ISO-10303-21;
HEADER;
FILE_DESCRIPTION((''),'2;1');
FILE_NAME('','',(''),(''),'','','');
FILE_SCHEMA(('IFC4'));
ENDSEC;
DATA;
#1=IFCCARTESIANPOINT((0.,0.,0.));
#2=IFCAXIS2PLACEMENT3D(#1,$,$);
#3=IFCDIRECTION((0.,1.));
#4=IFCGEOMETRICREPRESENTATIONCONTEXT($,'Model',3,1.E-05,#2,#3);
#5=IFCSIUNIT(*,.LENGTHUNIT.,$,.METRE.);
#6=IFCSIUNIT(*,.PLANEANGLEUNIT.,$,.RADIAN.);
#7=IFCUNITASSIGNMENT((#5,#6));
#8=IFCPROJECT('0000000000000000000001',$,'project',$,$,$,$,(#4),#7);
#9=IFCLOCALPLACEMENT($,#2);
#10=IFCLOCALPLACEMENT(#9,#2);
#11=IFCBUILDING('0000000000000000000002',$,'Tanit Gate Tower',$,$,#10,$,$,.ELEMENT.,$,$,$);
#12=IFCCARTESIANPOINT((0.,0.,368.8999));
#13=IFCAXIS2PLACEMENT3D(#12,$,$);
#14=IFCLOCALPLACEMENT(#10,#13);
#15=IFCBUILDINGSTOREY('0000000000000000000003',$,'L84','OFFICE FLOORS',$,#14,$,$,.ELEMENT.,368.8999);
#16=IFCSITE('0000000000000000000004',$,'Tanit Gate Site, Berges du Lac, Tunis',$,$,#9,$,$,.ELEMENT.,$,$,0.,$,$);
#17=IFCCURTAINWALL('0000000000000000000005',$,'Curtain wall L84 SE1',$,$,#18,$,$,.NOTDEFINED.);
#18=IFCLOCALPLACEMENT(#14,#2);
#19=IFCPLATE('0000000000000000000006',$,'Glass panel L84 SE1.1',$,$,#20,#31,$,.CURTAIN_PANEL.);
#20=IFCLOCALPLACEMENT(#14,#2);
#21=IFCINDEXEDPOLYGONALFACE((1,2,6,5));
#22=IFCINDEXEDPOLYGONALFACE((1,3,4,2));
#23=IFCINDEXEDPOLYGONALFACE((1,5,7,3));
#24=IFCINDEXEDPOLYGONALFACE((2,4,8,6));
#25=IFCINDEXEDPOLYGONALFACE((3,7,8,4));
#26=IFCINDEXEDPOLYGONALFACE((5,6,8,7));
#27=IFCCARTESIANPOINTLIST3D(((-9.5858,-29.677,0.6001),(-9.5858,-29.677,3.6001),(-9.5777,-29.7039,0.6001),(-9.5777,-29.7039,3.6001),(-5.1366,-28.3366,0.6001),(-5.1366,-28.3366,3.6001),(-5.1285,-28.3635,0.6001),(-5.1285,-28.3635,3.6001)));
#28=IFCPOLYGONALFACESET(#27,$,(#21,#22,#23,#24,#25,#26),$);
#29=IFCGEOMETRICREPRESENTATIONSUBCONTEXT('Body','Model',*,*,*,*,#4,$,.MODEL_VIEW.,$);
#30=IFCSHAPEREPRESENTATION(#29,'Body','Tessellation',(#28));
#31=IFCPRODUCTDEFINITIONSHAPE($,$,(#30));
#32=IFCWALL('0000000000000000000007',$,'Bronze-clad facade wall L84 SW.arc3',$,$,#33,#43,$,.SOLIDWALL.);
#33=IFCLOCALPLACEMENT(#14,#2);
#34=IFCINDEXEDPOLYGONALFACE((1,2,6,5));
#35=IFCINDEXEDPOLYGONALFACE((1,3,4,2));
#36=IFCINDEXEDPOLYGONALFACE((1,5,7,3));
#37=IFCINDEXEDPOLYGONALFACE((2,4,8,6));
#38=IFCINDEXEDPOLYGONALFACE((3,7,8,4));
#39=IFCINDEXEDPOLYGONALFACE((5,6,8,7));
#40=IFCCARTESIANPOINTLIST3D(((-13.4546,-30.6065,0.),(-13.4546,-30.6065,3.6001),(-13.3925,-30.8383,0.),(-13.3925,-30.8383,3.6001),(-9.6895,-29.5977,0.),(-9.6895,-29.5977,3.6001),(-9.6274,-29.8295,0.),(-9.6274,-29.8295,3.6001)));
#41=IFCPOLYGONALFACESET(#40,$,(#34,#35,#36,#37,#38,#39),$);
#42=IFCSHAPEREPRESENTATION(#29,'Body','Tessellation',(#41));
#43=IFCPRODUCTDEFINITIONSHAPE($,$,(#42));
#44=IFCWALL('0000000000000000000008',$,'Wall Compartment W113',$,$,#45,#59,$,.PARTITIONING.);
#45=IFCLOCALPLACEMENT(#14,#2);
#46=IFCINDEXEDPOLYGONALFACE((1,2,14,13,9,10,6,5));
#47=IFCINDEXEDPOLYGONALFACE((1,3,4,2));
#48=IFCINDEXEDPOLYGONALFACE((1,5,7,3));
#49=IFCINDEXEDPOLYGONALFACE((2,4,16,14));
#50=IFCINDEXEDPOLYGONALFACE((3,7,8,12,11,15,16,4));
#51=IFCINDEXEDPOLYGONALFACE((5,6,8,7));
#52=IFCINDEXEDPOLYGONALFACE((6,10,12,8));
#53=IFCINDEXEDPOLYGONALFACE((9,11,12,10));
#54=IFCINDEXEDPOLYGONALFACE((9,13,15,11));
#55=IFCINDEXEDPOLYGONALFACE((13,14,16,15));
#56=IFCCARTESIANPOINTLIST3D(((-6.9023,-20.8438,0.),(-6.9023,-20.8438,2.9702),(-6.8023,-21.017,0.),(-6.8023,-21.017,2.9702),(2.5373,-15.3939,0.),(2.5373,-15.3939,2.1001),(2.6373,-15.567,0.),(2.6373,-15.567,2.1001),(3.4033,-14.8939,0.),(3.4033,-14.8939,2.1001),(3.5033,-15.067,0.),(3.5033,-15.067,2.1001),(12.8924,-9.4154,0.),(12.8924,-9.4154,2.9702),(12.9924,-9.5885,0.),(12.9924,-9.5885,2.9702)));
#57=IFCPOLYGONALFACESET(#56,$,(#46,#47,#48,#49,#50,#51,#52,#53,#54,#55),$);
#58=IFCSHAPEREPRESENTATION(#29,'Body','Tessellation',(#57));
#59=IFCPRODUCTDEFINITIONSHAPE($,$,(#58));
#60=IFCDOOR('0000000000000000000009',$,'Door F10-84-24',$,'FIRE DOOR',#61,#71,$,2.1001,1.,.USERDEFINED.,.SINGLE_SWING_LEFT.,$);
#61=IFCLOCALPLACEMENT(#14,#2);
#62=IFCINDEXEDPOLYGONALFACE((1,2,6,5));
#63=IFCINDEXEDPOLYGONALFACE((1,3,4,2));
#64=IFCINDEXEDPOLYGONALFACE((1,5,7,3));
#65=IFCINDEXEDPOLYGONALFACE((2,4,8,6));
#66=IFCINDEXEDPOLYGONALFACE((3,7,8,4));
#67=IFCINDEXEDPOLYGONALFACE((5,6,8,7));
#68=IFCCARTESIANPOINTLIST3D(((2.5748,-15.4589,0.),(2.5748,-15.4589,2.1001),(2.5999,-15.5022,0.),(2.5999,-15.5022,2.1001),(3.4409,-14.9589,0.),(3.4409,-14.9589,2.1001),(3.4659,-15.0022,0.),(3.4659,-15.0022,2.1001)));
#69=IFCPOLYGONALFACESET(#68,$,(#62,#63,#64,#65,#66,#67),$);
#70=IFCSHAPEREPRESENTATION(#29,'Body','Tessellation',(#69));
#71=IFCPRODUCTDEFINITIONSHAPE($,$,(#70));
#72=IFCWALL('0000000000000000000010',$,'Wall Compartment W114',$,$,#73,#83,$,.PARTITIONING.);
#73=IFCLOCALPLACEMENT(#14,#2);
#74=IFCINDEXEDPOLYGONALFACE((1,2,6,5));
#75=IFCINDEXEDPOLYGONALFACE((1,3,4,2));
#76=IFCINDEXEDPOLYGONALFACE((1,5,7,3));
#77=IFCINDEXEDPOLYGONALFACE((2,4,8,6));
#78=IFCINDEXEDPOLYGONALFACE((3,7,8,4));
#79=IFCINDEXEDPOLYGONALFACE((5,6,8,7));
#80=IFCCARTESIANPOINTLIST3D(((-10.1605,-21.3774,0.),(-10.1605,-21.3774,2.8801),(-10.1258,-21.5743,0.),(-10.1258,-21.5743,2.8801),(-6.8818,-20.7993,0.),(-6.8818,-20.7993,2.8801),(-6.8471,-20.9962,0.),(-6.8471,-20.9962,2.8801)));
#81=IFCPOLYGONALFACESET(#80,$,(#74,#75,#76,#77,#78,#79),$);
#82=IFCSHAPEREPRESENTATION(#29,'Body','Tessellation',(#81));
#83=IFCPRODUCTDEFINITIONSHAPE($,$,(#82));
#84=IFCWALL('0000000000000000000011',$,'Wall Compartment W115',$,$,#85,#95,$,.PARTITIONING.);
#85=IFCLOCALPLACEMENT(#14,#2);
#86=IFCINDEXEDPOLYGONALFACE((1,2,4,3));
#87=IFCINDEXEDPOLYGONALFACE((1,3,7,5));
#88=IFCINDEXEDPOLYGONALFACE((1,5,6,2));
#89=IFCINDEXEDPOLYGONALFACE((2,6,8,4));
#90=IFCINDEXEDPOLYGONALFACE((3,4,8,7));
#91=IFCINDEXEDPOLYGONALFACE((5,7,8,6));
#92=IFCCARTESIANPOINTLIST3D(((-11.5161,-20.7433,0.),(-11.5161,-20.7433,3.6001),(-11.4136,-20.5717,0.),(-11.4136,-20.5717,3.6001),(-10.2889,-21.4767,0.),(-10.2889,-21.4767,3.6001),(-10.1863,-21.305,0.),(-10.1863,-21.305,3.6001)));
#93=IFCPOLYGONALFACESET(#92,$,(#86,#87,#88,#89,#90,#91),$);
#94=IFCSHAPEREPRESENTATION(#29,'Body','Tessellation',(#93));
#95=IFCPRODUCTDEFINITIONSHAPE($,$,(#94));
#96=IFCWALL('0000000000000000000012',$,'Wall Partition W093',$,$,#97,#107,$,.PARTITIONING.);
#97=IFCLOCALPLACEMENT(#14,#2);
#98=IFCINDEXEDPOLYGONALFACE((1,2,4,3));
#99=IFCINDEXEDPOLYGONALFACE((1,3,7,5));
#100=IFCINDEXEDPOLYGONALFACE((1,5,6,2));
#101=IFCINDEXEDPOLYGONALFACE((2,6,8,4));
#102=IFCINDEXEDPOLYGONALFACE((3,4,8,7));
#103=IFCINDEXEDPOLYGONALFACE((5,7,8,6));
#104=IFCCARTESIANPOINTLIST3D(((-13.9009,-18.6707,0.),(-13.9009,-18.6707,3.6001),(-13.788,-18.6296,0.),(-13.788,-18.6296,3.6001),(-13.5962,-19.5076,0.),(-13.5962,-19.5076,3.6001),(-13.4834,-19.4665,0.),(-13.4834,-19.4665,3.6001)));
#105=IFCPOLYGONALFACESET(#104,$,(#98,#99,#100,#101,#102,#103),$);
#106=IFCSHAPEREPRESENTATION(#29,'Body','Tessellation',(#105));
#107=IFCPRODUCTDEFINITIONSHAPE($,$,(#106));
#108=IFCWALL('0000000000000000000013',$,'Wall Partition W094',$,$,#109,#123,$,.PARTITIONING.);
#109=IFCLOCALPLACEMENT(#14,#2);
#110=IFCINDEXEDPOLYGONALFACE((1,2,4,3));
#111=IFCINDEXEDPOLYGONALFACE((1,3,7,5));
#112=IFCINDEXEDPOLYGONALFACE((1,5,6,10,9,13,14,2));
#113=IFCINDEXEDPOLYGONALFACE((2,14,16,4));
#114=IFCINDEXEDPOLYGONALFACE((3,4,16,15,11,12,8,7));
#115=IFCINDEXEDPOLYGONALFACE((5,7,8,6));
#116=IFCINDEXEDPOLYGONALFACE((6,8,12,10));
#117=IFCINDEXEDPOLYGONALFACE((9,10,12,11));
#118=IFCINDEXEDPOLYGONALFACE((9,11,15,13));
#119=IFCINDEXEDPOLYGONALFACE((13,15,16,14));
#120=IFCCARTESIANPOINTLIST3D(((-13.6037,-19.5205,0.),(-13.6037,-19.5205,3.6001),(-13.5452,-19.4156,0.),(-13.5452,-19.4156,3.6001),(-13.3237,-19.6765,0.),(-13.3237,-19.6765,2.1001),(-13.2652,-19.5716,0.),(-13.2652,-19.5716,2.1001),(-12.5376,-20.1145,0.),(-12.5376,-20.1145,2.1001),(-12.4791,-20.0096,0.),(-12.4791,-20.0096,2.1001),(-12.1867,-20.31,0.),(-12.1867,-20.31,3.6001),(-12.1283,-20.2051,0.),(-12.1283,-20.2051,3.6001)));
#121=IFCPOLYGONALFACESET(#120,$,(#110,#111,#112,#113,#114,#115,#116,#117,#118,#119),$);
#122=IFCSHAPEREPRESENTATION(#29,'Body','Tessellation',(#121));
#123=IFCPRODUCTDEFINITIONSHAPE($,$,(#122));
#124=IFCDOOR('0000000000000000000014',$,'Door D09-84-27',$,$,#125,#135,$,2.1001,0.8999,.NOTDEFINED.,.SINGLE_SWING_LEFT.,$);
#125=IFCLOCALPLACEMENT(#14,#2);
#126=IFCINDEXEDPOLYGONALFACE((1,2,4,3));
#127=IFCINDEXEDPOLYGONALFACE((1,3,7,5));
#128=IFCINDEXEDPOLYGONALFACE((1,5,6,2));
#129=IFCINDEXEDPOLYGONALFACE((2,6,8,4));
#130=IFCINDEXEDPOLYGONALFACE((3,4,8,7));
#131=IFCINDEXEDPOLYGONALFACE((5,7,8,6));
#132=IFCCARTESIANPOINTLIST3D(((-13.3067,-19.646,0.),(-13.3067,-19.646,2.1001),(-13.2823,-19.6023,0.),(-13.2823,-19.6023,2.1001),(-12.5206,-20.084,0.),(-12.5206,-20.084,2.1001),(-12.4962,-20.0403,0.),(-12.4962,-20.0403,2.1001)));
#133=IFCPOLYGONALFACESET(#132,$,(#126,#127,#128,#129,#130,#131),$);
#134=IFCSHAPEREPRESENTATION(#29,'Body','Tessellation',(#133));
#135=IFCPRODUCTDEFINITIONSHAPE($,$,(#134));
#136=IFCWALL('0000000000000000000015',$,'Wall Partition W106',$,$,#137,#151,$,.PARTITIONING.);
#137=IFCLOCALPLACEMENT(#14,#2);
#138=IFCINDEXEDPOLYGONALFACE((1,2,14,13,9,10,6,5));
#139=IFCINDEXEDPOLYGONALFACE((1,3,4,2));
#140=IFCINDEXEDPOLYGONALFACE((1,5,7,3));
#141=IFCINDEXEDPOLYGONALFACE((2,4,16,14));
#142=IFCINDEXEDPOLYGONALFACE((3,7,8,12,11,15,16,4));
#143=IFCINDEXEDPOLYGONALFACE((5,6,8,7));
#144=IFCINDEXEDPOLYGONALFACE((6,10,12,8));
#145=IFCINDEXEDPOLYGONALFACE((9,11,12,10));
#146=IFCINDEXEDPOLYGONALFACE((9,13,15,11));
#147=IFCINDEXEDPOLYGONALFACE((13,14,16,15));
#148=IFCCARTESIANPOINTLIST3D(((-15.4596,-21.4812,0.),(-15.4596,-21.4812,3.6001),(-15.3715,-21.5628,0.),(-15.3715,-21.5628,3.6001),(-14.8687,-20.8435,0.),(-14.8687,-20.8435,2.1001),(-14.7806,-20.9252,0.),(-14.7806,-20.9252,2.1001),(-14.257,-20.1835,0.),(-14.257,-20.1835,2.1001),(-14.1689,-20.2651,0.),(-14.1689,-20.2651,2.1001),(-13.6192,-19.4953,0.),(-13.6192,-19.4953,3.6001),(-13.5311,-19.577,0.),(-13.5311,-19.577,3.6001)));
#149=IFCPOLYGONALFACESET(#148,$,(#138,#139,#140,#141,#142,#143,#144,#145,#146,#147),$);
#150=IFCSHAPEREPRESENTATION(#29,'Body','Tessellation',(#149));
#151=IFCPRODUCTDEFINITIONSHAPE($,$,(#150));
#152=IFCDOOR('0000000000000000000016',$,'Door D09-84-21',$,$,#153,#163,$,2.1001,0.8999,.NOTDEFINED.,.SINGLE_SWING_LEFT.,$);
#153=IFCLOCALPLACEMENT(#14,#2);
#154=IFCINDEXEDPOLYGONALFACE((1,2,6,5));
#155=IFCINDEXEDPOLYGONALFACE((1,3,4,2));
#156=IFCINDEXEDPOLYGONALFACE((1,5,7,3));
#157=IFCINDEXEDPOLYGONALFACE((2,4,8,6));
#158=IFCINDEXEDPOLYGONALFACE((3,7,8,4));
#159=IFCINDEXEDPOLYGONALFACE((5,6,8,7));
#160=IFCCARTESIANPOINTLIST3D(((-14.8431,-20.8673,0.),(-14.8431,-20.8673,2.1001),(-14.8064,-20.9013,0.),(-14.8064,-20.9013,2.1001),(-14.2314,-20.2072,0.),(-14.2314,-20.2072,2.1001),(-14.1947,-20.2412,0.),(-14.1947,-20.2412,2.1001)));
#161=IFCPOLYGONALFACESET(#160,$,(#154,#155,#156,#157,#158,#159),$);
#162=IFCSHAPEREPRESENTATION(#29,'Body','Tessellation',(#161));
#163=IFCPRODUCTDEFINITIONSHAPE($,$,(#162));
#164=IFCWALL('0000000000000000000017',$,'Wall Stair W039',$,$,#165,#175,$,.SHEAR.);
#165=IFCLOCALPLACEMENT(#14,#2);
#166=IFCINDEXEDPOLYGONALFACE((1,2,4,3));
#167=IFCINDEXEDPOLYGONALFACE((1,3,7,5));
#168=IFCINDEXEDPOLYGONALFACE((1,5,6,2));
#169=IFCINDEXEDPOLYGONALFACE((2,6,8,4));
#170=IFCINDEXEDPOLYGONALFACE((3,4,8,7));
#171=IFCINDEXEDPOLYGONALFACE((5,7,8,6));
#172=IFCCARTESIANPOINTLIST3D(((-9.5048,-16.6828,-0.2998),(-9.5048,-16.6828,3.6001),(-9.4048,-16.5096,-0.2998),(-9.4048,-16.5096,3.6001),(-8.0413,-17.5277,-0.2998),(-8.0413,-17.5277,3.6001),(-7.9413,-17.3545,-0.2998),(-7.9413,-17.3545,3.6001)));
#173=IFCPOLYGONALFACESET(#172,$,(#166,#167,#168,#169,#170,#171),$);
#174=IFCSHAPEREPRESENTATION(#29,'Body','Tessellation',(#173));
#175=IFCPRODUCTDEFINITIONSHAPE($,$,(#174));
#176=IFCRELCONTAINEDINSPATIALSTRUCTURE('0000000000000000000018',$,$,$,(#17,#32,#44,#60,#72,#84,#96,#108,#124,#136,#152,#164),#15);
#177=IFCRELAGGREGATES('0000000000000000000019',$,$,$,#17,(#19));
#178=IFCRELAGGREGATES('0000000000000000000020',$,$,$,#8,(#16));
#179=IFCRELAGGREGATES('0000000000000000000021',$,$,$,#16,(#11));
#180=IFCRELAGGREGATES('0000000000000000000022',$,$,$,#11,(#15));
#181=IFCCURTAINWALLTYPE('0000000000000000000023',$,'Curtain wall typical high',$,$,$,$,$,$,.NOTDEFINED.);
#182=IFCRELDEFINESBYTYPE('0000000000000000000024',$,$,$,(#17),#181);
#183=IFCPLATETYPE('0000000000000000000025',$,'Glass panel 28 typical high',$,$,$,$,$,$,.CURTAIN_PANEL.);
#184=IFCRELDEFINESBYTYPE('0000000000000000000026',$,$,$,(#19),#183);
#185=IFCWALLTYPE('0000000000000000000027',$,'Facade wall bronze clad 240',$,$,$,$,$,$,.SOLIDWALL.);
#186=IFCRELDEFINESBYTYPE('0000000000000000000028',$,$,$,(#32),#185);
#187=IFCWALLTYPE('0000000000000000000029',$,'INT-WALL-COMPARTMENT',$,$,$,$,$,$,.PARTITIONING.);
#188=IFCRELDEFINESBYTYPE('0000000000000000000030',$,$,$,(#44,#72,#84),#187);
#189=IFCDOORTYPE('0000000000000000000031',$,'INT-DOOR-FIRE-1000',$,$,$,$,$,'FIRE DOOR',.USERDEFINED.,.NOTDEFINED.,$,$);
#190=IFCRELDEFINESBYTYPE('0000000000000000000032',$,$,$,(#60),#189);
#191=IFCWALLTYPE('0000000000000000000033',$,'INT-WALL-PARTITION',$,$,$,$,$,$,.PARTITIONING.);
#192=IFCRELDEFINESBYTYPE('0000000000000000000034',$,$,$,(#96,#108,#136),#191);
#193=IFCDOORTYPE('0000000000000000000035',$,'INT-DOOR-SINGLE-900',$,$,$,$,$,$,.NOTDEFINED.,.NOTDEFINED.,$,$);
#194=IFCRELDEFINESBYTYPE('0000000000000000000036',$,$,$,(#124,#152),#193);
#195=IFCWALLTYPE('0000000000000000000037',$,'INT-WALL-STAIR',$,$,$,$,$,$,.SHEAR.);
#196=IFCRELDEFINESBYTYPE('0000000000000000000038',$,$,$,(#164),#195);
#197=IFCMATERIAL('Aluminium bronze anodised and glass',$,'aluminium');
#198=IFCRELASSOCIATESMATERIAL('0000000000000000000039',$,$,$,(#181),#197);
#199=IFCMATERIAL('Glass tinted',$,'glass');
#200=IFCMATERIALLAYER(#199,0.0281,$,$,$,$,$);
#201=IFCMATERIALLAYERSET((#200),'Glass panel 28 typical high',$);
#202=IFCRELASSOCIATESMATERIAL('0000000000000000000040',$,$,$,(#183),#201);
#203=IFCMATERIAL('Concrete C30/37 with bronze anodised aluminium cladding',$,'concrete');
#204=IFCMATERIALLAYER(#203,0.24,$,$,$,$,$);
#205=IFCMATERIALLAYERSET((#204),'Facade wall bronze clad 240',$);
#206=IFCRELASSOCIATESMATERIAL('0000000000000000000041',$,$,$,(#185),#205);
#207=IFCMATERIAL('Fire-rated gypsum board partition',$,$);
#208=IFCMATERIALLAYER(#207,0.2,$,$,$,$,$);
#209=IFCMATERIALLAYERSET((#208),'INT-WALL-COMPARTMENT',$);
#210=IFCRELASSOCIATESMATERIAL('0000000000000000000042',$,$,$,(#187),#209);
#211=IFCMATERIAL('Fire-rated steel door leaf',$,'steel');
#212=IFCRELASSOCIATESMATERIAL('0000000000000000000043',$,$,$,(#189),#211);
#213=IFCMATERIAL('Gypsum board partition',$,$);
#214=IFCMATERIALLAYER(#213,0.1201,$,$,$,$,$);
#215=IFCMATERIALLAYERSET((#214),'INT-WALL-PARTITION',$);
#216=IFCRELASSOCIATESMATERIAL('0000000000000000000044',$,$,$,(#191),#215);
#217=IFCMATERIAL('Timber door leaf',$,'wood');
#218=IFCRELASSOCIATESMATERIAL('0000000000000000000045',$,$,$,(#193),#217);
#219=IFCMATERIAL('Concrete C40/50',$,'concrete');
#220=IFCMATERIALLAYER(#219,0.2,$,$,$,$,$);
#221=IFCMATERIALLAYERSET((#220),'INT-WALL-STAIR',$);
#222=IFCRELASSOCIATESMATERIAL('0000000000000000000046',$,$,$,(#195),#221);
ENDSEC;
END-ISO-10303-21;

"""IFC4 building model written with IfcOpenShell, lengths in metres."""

from ifc_helpers import new_model, si_unit, direction, frame, frame_2d, origin, origin_2d, place, context, subcontext, project, spatial, rectangle, extrude, material, layer, layer_set, type_object, element, fill, aggregate, save


model = new_model("IFC4")

# Units and contexts
model_context = context("Model", 3, precision=1e-05, world=origin(), true_north=direction((0.0, 1.0)))
body_context = subcontext(model_context, "Body", "Model", "MODEL_VIEW")
ifc_project = project(units=[si_unit("LENGTHUNIT", "METRE"), si_unit("PLANEANGLEUNIT", "RADIAN")], contexts=[model_context])

# Site, building, storey
site_placement = place(None, origin())
site = spatial("IfcSite", under=ifc_project, at=site_placement, Name="Tanit Gate Site, Berges du Lac, Tunis", CompositionType="ELEMENT", RefElevation=0.0)
building_placement = place(site_placement, origin())
building = spatial("IfcBuilding", under=site, at=building_placement, Name="Tanit Gate Tower", CompositionType="ELEMENT")
storey_placement = place(building_placement, frame((0.0, 0.0, 368.8999)))
storey = spatial("IfcBuildingStorey", under=building, at=storey_placement, Name="L84", Description="OFFICE FLOORS", CompositionType="ELEMENT", Elevation=368.8999)

# Curtain wall
ifc_material_1 = material(Name="Aluminium bronze anodised and glass", Category="aluminium")
curtain_wall_type = type_object("IfcCurtainWallType", Name="Curtain wall typical high", PredefinedType="NOTDEFINED", material=ifc_material_1)
curtain_wall_placement = place(storey_placement, origin())
curtain_wall = element("IfcCurtainWall", 1, at=curtain_wall_placement, inside=storey, type_object=curtain_wall_type, Name="Curtain wall L84 SE1", PredefinedType="NOTDEFINED")

# Plate
ifc_material_2 = material(Name="Glass tinted", Category="glass")
ifc_layer_1 = layer(ifc_material_2, 0.0281)
ifc_layer_set_1 = layer_set([ifc_layer_1], Name="Glass panel 28 typical high")
plate_type = type_object("IfcPlateType", Name="Glass panel 28 typical high", PredefinedType="CURTAIN_PANEL", material=ifc_layer_set_1)
plate_placement = place(storey_placement, frame((-7.3572, -29.0203, 0.6001), z_axis=(0.0, 0.0, 1.0), x_axis=(0.957493, 0.288456, 0.0)))
plate = element("IfcPlate", 2, at=plate_placement, type_object=plate_type, Name="Glass panel L84 SE1.1", PredefinedType="CURTAIN_PANEL", context=body_context, shape_type="SweptSolid", body=[
    extrude(rectangle(XDim=4.6467, YDim=0.0281, at=origin_2d()), origin(), (0.0, 0.0, 1.0), 3.0),
])
aggregate(curtain_wall, [plate])

# Wall
ifc_material_3 = material(Name="Concrete C30/37 with bronze anodised aluminium cladding", Category="concrete")
ifc_layer_2 = layer(ifc_material_3, 0.24)
ifc_layer_set_2 = layer_set([ifc_layer_2], Name="Facade wall bronze clad 240")
wall_type_1 = type_object("IfcWallType", Name="Facade wall bronze clad 240", PredefinedType="SOLIDWALL", material=ifc_layer_set_2)
wall_1_placement = place(storey_placement, frame((-13.4236, -30.7224, 0.0), z_axis=(0.0, 0.0, 1.0), x_axis=(0.965931, 0.258801, 0.0)))
element("IfcWall", 3, at=wall_1_placement, inside=storey, type_object=wall_type_1, Name="Bronze-clad facade wall L84 SW.arc3", PredefinedType="SOLIDWALL", context=body_context, shape_type="SweptSolid", body=[
    extrude(rectangle(XDim=3.8979, YDim=0.24, at=frame_2d((1.949, 0.0))), origin(), (0.0, 0.0, 1.0), 3.6001),
])

# Wall, opening, door
ifc_material_4 = material(Name="Fire-rated gypsum board partition")
ifc_layer_3 = layer(ifc_material_4, 0.2)
ifc_layer_set_3 = layer_set([ifc_layer_3], Name="INT-WALL-COMPARTMENT")
wall_type_2 = type_object("IfcWallType", Name="INT-WALL-COMPARTMENT", PredefinedType="PARTITIONING", material=ifc_layer_set_3)
wall_2_placement = place(storey_placement, frame((-6.8523, -20.9304, 0.0), z_axis=(0.0, 0.0, 1.0), x_axis=(0.866025, 0.5, 0.0)))
wall_2 = element("IfcWall", 4, at=wall_2_placement, inside=storey, type_object=wall_type_2, Name="Wall Compartment W113", PredefinedType="PARTITIONING", context=body_context, shape_type="SweptSolid", body=[
    extrude(rectangle(XDim=22.8569, YDim=0.2, at=frame_2d((11.4285, 0.0))), origin(), (0.0, 0.0, 1.0), 2.9702),
])
opening_1_placement = place(wall_2_placement, frame((10.8999, 0.0, 0.0)))
opening_1 = element("IfcOpeningElement", 5, at=opening_1_placement, cuts=wall_2, PredefinedType="OPENING", context=body_context, shape_type="SweptSolid", body=[
    extrude(rectangle(XDim=1.0, YDim=2.1001, at=frame_2d((0.5, 1.05))), frame((0.0, 0.1099, 0.0), z_axis=(0.0, -1.0, 0.0), x_axis=(1.0, 0.0, 0.0)), (0.0, 0.0, 1.0), 0.22),
])
ifc_material_5 = material(Name="Fire-rated steel door leaf", Category="steel")
door_type_1 = type_object("IfcDoorType", Name="INT-DOOR-FIRE-1000", ElementType="FIRE DOOR", OperationType="NOTDEFINED", PredefinedType="USERDEFINED", material=ifc_material_5)
door_1_placement = place(opening_1_placement, origin())
door_1 = element("IfcDoor", 6, at=door_1_placement, inside=storey, type_object=door_type_1, Name="Door F10-84-24", ObjectType="FIRE DOOR", OperationType="SINGLE_SWING_LEFT", OverallHeight=2.1001, OverallWidth=1.0, PredefinedType="USERDEFINED", context=body_context, shape_type="SweptSolid", body=[
    extrude(rectangle(XDim=1.0, YDim=2.1001, at=frame_2d((0.5, 1.05))), frame((0.0, 0.0249, 0.0), z_axis=(0.0, -1.0, 0.0), x_axis=(1.0, 0.0, 0.0)), (0.0, 0.0, 1.0), 0.05),
])
fill(opening_1, door_1)

# Walls
wall_3_placement = place(storey_placement, frame((-10.1431, -21.4758, 0.0), z_axis=(0.0, 0.0, 1.0), x_axis=(0.984809, 0.173643, 0.0)))
element("IfcWall", 7, at=wall_3_placement, inside=storey, type_object=wall_type_2, Name="Wall Compartment W114", PredefinedType="PARTITIONING", context=body_context, shape_type="SweptSolid", body=[
    extrude(rectangle(XDim=3.3293, YDim=0.2, at=frame_2d((1.6646, 0.0))), origin(), (0.0, 0.0, 1.0), 2.8801),
])
wall_4_placement = place(storey_placement, frame((-11.4648, -20.6575, 0.0), z_axis=(0.0, 0.0, 1.0), x_axis=(0.858411, -0.512963, 0.0)))
element("IfcWall", 8, at=wall_4_placement, inside=storey, type_object=wall_type_2, Name="Wall Compartment W115", PredefinedType="PARTITIONING", context=body_context, shape_type="SweptSolid", body=[
    extrude(rectangle(XDim=1.4297, YDim=0.2, at=frame_2d((0.7148, 0.0))), origin(), (0.0, 0.0, 1.0), 3.6001),
])
ifc_material_6 = material(Name="Gypsum board partition")
ifc_layer_4 = layer(ifc_material_6, 0.1201)
ifc_layer_set_4 = layer_set([ifc_layer_4], Name="INT-WALL-PARTITION")
wall_type_3 = type_object("IfcWallType", Name="INT-WALL-PARTITION", PredefinedType="PARTITIONING", material=ifc_layer_set_4)
wall_5_placement = place(storey_placement, frame((-13.8445, -18.6501, 0.0), z_axis=(0.0, 0.0, 1.0), x_axis=(0.342095, -0.939665, 0.0)))
element("IfcWall", 9, at=wall_5_placement, inside=storey, type_object=wall_type_3, Name="Wall Partition W093", PredefinedType="PARTITIONING", context=body_context, shape_type="SweptSolid", body=[
    extrude(rectangle(XDim=0.8906, YDim=0.1201, at=frame_2d((0.4453, 0.0))), origin(), (0.0, 0.0, 1.0), 3.6001),
])

# Walls, openings, doors
wall_6_placement = place(storey_placement, frame((-13.5745, -19.468, 0.0), z_axis=(0.0, 0.0, 1.0), x_axis=(0.873546, -0.486742, 0.0)))
wall_6 = element("IfcWall", 10, at=wall_6_placement, inside=storey, type_object=wall_type_3, Name="Wall Partition W094", PredefinedType="PARTITIONING", context=body_context, shape_type="SweptSolid", body=[
    extrude(rectangle(XDim=1.6221, YDim=0.1201, at=frame_2d((0.811, 0.0))), origin(), (0.0, 0.0, 1.0), 3.6001),
])
opening_2_placement = place(wall_6_placement, frame((0.3206, 0.0, 0.0)))
opening_2 = element("IfcOpeningElement", 11, at=opening_2_placement, cuts=wall_6, PredefinedType="OPENING", context=body_context, shape_type="SweptSolid", body=[
    extrude(rectangle(XDim=0.8999, YDim=2.1001, at=frame_2d((0.45, 1.05))), frame((0.0, 0.0701, 0.0), z_axis=(0.0, -1.0, 0.0), x_axis=(1.0, 0.0, 0.0)), (0.0, 0.0, 1.0), 0.1401),
])
ifc_material_7 = material(Name="Timber door leaf", Category="wood")
door_type_2 = type_object("IfcDoorType", Name="INT-DOOR-SINGLE-900", OperationType="NOTDEFINED", PredefinedType="NOTDEFINED", material=ifc_material_7)
door_2_placement = place(opening_2_placement, origin())
door_2 = element("IfcDoor", 12, at=door_2_placement, inside=storey, type_object=door_type_2, Name="Door D09-84-27", OperationType="SINGLE_SWING_LEFT", OverallHeight=2.1001, OverallWidth=0.8999, PredefinedType="NOTDEFINED", context=body_context, shape_type="SweptSolid", body=[
    extrude(rectangle(XDim=0.8999, YDim=2.1001, at=frame_2d((0.45, 1.05))), frame((0.0, 0.0249, 0.0), z_axis=(0.0, -1.0, 0.0), x_axis=(1.0, 0.0, 0.0)), (0.0, 0.0, 1.0), 0.05),
])
fill(opening_2, door_2)
wall_7_placement = place(storey_placement, frame((-13.5752, -19.5361, 0.0), z_axis=(0.0, 0.0, 1.0), x_axis=(-0.679724, -0.733468, 0.0)))
wall_7 = element("IfcWall", 13, at=wall_7_placement, inside=storey, type_object=wall_type_3, Name="Wall Partition W106", PredefinedType="PARTITIONING", context=body_context, shape_type="SweptSolid", body=[
    extrude(rectangle(XDim=2.7075, YDim=0.1201, at=frame_2d((1.3538, 0.0))), origin(), (0.0, 0.0, 1.0), 3.6001),
])
opening_3_placement = place(wall_7_placement, frame((0.9382, 0.0, 0.0)))
opening_3 = element("IfcOpeningElement", 14, at=opening_3_placement, cuts=wall_7, PredefinedType="OPENING", context=body_context, shape_type="SweptSolid", body=[
    extrude(rectangle(XDim=0.8999, YDim=2.1001, at=frame_2d((0.45, 1.05))), frame((0.0, 0.0701, 0.0), z_axis=(0.0, -1.0, 0.0), x_axis=(1.0, 0.0, 0.0)), (0.0, 0.0, 1.0), 0.1401),
])
door_3_placement = place(opening_3_placement, origin())
door_3 = element("IfcDoor", 15, at=door_3_placement, inside=storey, type_object=door_type_2, Name="Door D09-84-21", OperationType="SINGLE_SWING_LEFT", OverallHeight=2.1001, OverallWidth=0.8999, PredefinedType="NOTDEFINED", context=body_context, shape_type="SweptSolid", body=[
    extrude(rectangle(XDim=0.8999, YDim=2.1001, at=frame_2d((0.45, 1.05))), frame((0.0, 0.0249, 0.0), z_axis=(0.0, -1.0, 0.0), x_axis=(1.0, 0.0, 0.0)), (0.0, 0.0, 1.0), 0.05),
])
fill(opening_3, door_3)

# Wall
ifc_material_8 = material(Name="Concrete C40/50", Category="concrete")
ifc_layer_5 = layer(ifc_material_8, 0.2)
ifc_layer_set_5 = layer_set([ifc_layer_5], Name="INT-WALL-STAIR")
wall_type_4 = type_object("IfcWallType", Name="INT-WALL-STAIR", PredefinedType="SHEAR", material=ifc_layer_set_5)
wall_8_placement = place(storey_placement, frame((-9.4548, -16.5962, -0.2998), z_axis=(0.0, 0.0, 1.0), x_axis=(0.866039, -0.499977, 0.0)))
element("IfcWall", 16, at=wall_8_placement, inside=storey, type_object=wall_type_4, Name="Wall Stair W039", PredefinedType="SHEAR", context=body_context, shape_type="SweptSolid", body=[
    extrude(rectangle(XDim=1.6899, YDim=0.2, at=frame_2d((0.845, 0.0))), origin(), (0.0, 0.0, 1.0), 3.8999),
])

save(model, "model.ifc")
